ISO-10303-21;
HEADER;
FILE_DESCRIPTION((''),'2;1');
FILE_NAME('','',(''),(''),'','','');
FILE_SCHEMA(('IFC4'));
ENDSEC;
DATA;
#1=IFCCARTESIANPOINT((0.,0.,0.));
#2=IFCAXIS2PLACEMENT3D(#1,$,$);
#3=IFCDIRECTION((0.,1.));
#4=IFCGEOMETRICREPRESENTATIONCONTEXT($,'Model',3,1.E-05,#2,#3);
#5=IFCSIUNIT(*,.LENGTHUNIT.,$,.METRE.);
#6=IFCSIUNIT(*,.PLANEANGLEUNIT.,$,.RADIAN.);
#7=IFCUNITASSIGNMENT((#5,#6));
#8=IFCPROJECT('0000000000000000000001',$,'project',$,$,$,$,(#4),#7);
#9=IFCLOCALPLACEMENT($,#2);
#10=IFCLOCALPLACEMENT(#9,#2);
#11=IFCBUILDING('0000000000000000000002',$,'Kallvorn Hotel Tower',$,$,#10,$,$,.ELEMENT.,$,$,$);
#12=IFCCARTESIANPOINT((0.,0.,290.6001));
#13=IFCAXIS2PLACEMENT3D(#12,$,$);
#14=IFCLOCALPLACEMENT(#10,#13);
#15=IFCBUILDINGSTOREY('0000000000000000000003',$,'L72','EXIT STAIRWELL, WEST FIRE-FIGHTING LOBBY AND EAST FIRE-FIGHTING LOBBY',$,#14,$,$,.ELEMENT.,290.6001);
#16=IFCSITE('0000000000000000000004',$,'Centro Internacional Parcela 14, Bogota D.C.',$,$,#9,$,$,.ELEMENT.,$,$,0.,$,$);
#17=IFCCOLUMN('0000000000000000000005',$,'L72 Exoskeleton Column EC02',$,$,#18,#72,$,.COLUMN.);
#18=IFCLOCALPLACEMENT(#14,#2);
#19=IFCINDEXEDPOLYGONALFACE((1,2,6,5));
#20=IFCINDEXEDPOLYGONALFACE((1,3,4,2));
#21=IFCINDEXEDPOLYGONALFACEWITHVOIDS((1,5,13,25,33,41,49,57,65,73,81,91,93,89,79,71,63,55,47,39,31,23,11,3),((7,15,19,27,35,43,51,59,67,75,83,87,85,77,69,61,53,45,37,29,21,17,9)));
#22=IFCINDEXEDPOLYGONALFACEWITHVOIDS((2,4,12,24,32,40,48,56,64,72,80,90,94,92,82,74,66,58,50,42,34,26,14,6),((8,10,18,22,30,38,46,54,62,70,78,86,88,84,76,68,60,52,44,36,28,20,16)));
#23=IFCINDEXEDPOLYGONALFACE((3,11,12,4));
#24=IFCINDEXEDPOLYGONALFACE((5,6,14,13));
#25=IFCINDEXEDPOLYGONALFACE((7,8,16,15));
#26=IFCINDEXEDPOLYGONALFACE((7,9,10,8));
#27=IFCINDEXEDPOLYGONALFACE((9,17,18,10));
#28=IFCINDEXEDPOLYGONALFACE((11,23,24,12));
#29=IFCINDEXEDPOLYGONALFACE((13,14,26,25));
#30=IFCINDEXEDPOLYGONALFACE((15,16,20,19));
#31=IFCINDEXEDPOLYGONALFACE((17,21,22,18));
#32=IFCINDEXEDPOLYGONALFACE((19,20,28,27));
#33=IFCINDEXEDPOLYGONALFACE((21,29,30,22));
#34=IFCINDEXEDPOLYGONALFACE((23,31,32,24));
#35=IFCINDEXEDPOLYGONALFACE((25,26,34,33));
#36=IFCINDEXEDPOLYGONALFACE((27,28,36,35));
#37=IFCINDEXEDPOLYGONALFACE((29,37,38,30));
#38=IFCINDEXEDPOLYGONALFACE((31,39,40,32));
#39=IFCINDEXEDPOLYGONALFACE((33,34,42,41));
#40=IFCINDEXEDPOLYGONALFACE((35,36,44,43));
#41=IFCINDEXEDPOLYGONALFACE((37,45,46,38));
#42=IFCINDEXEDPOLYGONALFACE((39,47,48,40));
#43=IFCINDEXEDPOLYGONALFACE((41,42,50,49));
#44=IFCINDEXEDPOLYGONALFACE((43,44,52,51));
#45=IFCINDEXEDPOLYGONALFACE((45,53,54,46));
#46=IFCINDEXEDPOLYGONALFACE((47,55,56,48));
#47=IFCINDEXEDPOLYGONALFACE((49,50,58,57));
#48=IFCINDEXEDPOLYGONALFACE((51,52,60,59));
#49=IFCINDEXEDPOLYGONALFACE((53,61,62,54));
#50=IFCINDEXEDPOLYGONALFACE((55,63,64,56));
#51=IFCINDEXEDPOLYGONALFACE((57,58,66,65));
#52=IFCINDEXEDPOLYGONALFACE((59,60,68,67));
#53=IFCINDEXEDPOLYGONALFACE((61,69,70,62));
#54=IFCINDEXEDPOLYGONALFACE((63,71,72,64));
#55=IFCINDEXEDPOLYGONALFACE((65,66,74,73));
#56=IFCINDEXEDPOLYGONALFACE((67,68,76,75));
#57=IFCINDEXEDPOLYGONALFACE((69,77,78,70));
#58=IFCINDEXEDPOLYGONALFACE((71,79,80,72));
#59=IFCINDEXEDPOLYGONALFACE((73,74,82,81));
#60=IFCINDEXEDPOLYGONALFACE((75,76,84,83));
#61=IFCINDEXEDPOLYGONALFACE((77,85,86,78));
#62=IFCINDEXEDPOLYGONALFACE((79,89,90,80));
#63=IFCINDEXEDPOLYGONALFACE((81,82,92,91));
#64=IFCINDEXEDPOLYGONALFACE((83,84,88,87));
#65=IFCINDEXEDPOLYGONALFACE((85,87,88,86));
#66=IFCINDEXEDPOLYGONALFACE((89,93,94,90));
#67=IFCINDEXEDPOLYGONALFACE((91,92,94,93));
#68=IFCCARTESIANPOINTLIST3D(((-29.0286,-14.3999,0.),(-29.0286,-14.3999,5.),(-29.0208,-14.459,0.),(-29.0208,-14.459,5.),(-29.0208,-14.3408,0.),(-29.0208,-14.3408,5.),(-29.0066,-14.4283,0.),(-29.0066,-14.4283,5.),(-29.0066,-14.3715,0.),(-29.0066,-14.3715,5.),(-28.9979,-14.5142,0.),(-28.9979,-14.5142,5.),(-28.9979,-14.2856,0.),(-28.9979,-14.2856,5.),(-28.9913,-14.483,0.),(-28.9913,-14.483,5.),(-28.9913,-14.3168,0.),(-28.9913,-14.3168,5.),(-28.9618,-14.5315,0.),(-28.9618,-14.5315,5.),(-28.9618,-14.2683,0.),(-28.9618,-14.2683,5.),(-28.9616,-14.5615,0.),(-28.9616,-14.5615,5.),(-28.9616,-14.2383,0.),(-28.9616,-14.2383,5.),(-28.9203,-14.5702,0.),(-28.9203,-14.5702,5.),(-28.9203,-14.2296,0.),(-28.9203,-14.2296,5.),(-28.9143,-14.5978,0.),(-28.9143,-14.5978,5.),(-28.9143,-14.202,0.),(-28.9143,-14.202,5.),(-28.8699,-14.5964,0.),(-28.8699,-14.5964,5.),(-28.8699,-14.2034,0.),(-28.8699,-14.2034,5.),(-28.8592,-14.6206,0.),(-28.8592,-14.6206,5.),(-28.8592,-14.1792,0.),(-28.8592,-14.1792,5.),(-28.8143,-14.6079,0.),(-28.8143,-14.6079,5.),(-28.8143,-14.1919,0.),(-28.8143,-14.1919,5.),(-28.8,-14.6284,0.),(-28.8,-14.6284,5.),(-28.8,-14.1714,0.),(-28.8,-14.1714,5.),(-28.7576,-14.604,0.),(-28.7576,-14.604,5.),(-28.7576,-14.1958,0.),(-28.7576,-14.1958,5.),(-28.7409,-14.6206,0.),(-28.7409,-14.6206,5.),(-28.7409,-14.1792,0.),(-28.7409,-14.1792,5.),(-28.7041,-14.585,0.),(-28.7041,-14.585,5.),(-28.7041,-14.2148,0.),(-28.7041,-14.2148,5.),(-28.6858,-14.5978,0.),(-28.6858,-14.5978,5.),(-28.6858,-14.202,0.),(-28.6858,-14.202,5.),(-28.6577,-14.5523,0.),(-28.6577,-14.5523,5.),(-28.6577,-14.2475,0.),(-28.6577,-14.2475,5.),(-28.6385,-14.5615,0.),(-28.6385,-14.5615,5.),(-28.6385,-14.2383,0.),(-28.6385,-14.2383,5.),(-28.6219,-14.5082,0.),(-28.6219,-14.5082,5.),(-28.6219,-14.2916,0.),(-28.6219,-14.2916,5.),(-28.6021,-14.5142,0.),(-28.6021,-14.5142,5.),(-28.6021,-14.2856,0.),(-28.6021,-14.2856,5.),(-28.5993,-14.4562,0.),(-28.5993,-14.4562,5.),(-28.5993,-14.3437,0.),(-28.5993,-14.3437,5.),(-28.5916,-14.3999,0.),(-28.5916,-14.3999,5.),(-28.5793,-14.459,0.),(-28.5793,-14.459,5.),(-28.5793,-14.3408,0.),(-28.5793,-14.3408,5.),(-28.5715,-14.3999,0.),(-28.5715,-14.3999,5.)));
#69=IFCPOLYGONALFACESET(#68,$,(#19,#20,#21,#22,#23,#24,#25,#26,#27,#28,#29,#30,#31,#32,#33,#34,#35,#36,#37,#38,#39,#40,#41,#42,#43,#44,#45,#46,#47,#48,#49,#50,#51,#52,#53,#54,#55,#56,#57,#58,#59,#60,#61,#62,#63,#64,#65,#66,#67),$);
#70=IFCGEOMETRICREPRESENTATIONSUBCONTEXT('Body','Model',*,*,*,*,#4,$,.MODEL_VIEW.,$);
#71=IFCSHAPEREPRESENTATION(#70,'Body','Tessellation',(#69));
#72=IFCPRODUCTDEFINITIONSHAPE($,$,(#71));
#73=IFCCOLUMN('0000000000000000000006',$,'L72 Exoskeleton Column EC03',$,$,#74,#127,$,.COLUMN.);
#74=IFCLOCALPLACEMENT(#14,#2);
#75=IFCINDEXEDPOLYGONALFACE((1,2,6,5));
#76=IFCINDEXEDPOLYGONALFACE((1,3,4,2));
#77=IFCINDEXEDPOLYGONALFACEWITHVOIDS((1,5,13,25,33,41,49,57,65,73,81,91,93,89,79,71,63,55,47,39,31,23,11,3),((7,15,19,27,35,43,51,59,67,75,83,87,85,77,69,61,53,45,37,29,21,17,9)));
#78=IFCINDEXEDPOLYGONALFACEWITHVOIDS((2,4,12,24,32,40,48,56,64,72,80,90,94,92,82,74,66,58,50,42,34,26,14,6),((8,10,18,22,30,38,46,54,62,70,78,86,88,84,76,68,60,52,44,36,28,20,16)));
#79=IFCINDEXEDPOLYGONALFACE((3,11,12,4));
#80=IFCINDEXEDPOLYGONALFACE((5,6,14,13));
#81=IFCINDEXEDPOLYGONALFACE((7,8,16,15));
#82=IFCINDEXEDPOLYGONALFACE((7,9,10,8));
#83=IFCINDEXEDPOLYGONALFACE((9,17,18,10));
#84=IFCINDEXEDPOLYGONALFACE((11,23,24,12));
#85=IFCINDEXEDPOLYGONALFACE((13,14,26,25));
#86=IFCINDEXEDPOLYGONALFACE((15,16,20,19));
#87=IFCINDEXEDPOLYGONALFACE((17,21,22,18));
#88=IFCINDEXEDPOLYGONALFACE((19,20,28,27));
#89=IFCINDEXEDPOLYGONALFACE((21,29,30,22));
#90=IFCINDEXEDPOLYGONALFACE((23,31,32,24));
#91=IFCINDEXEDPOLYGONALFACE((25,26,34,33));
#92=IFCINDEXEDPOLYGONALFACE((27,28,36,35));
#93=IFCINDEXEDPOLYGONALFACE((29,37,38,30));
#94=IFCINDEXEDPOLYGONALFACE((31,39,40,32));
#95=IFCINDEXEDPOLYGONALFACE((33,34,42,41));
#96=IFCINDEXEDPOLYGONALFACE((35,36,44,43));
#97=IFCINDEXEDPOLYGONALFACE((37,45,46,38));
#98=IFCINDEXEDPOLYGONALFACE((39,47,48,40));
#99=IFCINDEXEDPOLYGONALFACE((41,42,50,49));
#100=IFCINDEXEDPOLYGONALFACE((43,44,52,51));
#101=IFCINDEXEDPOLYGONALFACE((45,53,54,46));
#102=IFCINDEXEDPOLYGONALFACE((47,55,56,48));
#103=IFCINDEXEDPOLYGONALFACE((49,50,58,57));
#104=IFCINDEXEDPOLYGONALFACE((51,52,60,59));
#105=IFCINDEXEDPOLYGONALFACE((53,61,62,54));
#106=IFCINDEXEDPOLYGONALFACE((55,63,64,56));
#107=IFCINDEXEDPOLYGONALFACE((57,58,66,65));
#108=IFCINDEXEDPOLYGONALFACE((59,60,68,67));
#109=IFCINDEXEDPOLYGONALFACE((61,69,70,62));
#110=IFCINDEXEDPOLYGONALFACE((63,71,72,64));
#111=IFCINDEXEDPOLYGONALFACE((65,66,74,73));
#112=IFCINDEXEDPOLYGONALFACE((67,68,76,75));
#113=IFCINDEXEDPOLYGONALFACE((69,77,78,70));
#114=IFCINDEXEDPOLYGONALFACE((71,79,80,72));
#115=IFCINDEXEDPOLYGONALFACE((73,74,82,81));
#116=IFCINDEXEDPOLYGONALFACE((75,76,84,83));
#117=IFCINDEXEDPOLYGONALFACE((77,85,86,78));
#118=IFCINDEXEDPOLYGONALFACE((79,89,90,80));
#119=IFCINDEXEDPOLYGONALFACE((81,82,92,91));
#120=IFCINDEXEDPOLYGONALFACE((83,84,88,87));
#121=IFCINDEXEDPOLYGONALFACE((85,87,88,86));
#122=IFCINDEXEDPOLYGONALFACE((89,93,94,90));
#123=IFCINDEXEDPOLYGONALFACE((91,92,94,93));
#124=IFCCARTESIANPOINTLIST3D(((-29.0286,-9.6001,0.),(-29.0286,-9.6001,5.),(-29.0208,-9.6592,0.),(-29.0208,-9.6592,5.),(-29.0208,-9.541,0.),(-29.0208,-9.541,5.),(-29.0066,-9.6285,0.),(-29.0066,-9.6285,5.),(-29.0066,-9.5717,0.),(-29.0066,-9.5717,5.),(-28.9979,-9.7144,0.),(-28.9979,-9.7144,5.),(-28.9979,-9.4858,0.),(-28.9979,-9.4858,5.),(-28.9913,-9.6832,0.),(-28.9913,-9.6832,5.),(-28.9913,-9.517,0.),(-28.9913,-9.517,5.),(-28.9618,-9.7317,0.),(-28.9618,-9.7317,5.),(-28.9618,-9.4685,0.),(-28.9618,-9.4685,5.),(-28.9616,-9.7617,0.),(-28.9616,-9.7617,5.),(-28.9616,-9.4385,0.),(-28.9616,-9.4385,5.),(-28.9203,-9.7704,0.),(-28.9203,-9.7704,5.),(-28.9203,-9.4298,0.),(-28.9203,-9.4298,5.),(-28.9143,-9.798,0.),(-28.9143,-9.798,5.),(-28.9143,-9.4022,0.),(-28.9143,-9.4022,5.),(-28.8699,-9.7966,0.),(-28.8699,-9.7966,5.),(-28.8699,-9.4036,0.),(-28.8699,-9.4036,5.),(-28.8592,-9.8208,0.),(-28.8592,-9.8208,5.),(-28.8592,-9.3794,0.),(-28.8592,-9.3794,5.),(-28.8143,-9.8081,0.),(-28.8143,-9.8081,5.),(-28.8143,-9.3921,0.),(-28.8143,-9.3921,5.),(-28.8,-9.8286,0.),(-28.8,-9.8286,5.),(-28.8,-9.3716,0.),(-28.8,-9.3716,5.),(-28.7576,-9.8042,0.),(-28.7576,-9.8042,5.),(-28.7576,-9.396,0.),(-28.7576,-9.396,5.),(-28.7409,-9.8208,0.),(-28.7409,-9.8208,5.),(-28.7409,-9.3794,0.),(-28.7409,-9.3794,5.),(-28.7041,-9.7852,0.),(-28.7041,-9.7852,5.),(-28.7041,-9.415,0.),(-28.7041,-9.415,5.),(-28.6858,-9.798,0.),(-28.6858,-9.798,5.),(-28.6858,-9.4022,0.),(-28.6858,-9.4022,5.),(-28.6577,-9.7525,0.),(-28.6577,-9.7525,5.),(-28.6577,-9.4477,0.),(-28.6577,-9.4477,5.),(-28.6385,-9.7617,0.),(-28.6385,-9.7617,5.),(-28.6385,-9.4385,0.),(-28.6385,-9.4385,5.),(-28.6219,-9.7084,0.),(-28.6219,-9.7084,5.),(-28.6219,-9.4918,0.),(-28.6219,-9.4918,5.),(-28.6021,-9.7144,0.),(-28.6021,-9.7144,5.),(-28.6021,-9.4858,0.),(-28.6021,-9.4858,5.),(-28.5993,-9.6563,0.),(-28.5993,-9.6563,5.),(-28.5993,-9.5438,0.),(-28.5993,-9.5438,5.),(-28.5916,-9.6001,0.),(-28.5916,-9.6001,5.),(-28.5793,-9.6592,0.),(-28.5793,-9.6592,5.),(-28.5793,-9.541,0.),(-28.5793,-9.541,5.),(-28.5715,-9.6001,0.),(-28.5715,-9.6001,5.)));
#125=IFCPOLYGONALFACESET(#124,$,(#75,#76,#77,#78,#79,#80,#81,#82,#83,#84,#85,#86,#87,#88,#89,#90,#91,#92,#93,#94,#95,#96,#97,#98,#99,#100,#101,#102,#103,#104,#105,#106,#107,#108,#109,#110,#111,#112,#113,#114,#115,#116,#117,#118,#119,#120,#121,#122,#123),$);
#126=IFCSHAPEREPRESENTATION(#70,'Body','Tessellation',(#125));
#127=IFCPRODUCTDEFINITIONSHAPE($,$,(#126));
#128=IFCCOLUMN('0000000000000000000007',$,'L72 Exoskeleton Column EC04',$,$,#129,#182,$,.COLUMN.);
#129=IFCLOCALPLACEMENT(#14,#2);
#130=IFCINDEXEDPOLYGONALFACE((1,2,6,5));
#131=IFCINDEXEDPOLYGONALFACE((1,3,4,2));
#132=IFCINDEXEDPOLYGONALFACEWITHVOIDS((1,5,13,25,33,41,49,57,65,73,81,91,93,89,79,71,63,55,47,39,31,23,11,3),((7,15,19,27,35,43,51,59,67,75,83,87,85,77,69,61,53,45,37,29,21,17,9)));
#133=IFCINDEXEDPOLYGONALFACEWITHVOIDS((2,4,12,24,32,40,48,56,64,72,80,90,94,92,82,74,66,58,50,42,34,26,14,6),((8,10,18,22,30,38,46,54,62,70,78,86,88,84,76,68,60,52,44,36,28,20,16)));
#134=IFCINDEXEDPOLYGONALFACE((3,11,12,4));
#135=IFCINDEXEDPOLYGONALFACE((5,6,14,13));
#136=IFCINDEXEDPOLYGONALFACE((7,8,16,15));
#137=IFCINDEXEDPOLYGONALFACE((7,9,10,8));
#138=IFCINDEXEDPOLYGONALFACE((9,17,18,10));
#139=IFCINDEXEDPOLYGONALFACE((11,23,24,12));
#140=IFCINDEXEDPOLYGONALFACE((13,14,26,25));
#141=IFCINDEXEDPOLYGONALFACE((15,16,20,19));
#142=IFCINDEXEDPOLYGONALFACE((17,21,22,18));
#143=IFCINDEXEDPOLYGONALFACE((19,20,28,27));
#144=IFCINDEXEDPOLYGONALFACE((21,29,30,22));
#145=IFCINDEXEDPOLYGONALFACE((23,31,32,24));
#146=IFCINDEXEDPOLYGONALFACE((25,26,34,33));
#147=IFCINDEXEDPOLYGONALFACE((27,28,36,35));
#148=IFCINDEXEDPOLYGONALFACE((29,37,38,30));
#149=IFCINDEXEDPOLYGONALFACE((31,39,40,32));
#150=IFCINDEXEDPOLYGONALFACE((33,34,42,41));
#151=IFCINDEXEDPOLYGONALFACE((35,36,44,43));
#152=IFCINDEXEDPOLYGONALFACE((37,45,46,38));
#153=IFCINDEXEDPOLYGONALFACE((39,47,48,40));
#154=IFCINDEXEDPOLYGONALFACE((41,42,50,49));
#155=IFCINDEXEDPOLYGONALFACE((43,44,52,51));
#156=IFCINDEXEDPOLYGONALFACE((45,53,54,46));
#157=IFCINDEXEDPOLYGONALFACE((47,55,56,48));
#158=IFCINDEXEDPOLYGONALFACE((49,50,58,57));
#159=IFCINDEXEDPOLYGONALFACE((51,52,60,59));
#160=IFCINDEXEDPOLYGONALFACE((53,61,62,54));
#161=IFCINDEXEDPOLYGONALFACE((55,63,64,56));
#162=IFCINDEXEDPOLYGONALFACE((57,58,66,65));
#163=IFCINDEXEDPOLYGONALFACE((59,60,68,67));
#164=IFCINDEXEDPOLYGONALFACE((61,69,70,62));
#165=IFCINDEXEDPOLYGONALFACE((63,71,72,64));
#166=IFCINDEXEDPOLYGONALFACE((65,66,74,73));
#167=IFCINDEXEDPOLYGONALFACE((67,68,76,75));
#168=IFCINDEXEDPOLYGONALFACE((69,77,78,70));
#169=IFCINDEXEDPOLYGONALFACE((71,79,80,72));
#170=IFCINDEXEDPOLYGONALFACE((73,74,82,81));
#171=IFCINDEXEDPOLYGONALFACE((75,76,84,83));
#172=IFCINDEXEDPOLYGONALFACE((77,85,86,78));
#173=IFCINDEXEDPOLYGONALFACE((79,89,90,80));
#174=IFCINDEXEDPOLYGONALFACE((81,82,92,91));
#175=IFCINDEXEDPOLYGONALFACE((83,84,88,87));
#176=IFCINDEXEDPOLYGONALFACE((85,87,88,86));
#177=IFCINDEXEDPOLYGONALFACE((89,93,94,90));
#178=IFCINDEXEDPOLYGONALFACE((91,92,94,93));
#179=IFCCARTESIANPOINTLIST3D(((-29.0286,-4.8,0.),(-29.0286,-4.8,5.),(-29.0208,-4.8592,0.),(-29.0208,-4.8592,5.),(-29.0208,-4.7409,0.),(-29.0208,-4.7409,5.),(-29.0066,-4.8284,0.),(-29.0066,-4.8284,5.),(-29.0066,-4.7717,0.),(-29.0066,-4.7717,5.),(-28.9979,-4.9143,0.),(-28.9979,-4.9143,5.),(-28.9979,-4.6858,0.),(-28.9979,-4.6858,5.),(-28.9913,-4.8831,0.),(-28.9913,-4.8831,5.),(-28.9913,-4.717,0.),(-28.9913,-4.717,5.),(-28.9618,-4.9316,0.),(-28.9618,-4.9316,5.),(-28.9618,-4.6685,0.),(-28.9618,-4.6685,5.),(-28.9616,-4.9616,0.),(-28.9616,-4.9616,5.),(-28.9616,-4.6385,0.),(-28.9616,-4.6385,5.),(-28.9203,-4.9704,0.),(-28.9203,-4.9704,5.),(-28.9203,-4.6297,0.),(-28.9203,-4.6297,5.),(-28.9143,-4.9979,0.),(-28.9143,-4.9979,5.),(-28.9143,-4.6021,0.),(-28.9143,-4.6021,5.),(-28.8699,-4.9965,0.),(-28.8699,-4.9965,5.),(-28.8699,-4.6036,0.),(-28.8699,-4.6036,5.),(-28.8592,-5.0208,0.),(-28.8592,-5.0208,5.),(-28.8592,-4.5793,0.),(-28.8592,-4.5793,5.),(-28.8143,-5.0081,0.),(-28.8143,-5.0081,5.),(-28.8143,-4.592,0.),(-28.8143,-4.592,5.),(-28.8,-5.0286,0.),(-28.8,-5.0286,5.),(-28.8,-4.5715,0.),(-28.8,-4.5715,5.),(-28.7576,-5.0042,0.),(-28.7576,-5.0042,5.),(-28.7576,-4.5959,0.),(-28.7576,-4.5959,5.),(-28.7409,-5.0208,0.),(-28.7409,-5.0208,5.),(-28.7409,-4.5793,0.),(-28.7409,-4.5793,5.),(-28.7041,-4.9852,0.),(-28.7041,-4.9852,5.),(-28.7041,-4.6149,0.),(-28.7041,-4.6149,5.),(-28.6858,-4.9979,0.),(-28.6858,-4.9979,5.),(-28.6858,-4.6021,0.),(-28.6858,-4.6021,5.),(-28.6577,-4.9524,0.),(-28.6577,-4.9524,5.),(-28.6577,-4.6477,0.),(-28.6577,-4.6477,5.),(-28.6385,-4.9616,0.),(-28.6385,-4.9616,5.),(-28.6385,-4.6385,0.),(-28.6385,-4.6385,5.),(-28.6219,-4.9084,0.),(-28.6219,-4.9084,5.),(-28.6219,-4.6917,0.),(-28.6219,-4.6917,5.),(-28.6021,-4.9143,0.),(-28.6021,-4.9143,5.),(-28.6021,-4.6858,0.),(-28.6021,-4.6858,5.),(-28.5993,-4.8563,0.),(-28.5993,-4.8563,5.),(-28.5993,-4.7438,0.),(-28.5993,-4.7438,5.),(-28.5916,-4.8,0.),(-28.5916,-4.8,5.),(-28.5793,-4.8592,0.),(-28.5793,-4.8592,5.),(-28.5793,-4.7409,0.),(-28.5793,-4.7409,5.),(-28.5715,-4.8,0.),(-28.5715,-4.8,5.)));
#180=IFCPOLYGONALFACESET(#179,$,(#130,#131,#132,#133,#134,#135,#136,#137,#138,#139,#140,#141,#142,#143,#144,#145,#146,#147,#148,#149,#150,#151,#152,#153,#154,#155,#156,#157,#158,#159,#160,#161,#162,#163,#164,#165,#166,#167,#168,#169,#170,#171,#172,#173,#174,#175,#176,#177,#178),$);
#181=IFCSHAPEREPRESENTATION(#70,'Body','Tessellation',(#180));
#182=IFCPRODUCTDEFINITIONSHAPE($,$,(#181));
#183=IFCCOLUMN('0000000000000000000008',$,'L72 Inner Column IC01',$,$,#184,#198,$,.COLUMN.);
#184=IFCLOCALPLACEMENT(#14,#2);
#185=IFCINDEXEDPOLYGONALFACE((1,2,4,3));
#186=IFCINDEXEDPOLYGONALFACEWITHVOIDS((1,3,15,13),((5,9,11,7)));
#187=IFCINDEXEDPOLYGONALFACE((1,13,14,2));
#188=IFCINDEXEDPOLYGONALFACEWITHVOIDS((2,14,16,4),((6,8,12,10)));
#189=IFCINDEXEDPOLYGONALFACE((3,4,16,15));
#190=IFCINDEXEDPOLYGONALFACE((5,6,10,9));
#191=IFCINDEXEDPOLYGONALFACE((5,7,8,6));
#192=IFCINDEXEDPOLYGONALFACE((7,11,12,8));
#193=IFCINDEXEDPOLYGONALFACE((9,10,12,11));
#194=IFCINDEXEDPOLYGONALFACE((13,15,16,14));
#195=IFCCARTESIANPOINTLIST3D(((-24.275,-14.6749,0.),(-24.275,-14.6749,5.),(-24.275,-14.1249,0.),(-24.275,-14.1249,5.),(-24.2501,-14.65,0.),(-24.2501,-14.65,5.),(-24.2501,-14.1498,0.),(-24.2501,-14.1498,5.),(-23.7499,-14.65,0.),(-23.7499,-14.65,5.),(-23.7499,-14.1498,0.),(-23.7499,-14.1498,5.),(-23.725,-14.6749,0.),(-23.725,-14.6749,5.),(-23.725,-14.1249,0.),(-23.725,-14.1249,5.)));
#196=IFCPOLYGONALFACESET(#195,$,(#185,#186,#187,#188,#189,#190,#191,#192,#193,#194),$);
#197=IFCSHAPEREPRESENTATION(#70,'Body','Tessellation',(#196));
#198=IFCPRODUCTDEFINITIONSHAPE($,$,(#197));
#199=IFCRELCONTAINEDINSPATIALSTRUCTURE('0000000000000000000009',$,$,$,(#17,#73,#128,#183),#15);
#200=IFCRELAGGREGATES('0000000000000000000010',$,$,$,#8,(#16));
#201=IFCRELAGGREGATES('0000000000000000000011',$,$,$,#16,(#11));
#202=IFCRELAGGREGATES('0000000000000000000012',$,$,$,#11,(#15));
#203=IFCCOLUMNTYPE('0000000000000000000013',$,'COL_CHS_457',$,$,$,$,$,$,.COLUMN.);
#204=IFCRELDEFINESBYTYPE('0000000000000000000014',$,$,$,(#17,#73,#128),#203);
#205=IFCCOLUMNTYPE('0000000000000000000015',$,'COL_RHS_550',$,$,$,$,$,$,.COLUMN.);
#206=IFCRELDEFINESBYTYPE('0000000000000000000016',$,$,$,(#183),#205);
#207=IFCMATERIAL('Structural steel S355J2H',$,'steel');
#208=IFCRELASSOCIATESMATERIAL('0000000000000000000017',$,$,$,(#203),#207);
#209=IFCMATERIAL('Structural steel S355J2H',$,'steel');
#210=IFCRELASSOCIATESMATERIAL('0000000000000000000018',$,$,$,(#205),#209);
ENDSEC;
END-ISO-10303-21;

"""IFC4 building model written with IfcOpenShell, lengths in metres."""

from ifc_helpers import new_model, si_unit, direction, frame, origin, origin_2d, place, context, subcontext, project, spatial, hollow_rectangle, hollow_circle, extrude, material, material_profile, profile_set, type_object, element, save


model = new_model("IFC4")

# Units and contexts
model_context = context("Model", 3, precision=1e-05, world=origin(), true_north=direction((0.0, 1.0)))
body_context = subcontext(model_context, "Body", "Model", "MODEL_VIEW")
ifc_project = project(units=[si_unit("LENGTHUNIT", "METRE"), si_unit("PLANEANGLEUNIT", "RADIAN")], contexts=[model_context])

# Site, building, storey
site_placement = place(None, origin())
site = spatial("IfcSite", under=ifc_project, at=site_placement, Name="Centro Internacional Parcela 14, Bogota D.C.", CompositionType="ELEMENT", RefElevation=0.0)
building_placement = place(site_placement, origin())
building = spatial("IfcBuilding", under=site, at=building_placement, Name="Kallvorn Hotel Tower", CompositionType="ELEMENT")
storey_placement = place(building_placement, frame((0.0, 0.0, 290.6001)))
storey = spatial("IfcBuildingStorey", under=building, at=storey_placement, Name="L72", Description="EXIT STAIRWELL, WEST FIRE-FIGHTING LOBBY AND EAST FIRE-FIGHTING LOBBY", CompositionType="ELEMENT", Elevation=290.6001)

# Columns
ifc_material_1 = material(Name="Structural steel S355J2H", Category="steel")
ifc_material_profile_1 = material_profile(ifc_material_1, hollow_circle(Radius=0.2285, WallThickness=0.02, at=origin_2d()), Name="CHS 457x20")
ifc_profile_set_1 = profile_set([ifc_material_profile_1], Name="Structural steel S355J2H")
column_type_1 = type_object("IfcColumnType", Name="COL_CHS_457", PredefinedType="COLUMN", material=ifc_profile_set_1)
for number, where, z_axis, x_axis, name in (
    (1, (-28.8, -14.3999, 0.0), (0.0, 0.0, 1.0), (1.0, 0.0, 0.0), "L72 Exoskeleton Column EC02"),
    (2, (-28.8, -9.6001, 0.0), (0.0, 0.0, 1.0), (1.0, 0.0, 0.0), "L72 Exoskeleton Column EC03"),
    (3, (-28.8, -4.8, 0.0), (0.0, 0.0, 1.0), (1.0, 0.0, 0.0), "L72 Exoskeleton Column EC04"),
):
    element("IfcColumn", number, at=place(storey_placement, frame(where, z_axis=z_axis, x_axis=x_axis)), inside=storey, type_object=column_type_1, Name=name, PredefinedType="COLUMN", context=body_context, shape_type="SweptSolid", body=[
        extrude(hollow_circle(Radius=0.2285, WallThickness=0.02, at=origin_2d()), origin(), (0.0, 0.0, 1.0), 5.0),
    ])
ifc_material_2 = material(Name="Structural steel S355J2H", Category="steel")
ifc_material_profile_2 = material_profile(ifc_material_2, hollow_rectangle(XDim=0.55, YDim=0.55, WallThickness=0.0249, at=origin_2d()), Name="RHS 550x550x25")
ifc_profile_set_2 = profile_set([ifc_material_profile_2], Name="Structural steel S355J2H")
column_type_2 = type_object("IfcColumnType", Name="COL_RHS_550", PredefinedType="COLUMN", material=ifc_profile_set_2)
for number, where, z_axis, x_axis, name in (
    (4, (-24.0, -14.3999, 0.0), (0.0, 0.0, 1.0), (1.0, 0.0, 0.0), "L72 Inner Column IC01"),
):
    element("IfcColumn", number, at=place(storey_placement, frame(where, z_axis=z_axis, x_axis=x_axis)), inside=storey, type_object=column_type_2, Name=name, PredefinedType="COLUMN", context=body_context, shape_type="SweptSolid", body=[
        extrude(hollow_rectangle(XDim=0.55, YDim=0.55, WallThickness=0.0249, at=origin_2d()), origin(), (0.0, 0.0, 1.0), 5.0),
    ])

save(model, "model.ifc")
